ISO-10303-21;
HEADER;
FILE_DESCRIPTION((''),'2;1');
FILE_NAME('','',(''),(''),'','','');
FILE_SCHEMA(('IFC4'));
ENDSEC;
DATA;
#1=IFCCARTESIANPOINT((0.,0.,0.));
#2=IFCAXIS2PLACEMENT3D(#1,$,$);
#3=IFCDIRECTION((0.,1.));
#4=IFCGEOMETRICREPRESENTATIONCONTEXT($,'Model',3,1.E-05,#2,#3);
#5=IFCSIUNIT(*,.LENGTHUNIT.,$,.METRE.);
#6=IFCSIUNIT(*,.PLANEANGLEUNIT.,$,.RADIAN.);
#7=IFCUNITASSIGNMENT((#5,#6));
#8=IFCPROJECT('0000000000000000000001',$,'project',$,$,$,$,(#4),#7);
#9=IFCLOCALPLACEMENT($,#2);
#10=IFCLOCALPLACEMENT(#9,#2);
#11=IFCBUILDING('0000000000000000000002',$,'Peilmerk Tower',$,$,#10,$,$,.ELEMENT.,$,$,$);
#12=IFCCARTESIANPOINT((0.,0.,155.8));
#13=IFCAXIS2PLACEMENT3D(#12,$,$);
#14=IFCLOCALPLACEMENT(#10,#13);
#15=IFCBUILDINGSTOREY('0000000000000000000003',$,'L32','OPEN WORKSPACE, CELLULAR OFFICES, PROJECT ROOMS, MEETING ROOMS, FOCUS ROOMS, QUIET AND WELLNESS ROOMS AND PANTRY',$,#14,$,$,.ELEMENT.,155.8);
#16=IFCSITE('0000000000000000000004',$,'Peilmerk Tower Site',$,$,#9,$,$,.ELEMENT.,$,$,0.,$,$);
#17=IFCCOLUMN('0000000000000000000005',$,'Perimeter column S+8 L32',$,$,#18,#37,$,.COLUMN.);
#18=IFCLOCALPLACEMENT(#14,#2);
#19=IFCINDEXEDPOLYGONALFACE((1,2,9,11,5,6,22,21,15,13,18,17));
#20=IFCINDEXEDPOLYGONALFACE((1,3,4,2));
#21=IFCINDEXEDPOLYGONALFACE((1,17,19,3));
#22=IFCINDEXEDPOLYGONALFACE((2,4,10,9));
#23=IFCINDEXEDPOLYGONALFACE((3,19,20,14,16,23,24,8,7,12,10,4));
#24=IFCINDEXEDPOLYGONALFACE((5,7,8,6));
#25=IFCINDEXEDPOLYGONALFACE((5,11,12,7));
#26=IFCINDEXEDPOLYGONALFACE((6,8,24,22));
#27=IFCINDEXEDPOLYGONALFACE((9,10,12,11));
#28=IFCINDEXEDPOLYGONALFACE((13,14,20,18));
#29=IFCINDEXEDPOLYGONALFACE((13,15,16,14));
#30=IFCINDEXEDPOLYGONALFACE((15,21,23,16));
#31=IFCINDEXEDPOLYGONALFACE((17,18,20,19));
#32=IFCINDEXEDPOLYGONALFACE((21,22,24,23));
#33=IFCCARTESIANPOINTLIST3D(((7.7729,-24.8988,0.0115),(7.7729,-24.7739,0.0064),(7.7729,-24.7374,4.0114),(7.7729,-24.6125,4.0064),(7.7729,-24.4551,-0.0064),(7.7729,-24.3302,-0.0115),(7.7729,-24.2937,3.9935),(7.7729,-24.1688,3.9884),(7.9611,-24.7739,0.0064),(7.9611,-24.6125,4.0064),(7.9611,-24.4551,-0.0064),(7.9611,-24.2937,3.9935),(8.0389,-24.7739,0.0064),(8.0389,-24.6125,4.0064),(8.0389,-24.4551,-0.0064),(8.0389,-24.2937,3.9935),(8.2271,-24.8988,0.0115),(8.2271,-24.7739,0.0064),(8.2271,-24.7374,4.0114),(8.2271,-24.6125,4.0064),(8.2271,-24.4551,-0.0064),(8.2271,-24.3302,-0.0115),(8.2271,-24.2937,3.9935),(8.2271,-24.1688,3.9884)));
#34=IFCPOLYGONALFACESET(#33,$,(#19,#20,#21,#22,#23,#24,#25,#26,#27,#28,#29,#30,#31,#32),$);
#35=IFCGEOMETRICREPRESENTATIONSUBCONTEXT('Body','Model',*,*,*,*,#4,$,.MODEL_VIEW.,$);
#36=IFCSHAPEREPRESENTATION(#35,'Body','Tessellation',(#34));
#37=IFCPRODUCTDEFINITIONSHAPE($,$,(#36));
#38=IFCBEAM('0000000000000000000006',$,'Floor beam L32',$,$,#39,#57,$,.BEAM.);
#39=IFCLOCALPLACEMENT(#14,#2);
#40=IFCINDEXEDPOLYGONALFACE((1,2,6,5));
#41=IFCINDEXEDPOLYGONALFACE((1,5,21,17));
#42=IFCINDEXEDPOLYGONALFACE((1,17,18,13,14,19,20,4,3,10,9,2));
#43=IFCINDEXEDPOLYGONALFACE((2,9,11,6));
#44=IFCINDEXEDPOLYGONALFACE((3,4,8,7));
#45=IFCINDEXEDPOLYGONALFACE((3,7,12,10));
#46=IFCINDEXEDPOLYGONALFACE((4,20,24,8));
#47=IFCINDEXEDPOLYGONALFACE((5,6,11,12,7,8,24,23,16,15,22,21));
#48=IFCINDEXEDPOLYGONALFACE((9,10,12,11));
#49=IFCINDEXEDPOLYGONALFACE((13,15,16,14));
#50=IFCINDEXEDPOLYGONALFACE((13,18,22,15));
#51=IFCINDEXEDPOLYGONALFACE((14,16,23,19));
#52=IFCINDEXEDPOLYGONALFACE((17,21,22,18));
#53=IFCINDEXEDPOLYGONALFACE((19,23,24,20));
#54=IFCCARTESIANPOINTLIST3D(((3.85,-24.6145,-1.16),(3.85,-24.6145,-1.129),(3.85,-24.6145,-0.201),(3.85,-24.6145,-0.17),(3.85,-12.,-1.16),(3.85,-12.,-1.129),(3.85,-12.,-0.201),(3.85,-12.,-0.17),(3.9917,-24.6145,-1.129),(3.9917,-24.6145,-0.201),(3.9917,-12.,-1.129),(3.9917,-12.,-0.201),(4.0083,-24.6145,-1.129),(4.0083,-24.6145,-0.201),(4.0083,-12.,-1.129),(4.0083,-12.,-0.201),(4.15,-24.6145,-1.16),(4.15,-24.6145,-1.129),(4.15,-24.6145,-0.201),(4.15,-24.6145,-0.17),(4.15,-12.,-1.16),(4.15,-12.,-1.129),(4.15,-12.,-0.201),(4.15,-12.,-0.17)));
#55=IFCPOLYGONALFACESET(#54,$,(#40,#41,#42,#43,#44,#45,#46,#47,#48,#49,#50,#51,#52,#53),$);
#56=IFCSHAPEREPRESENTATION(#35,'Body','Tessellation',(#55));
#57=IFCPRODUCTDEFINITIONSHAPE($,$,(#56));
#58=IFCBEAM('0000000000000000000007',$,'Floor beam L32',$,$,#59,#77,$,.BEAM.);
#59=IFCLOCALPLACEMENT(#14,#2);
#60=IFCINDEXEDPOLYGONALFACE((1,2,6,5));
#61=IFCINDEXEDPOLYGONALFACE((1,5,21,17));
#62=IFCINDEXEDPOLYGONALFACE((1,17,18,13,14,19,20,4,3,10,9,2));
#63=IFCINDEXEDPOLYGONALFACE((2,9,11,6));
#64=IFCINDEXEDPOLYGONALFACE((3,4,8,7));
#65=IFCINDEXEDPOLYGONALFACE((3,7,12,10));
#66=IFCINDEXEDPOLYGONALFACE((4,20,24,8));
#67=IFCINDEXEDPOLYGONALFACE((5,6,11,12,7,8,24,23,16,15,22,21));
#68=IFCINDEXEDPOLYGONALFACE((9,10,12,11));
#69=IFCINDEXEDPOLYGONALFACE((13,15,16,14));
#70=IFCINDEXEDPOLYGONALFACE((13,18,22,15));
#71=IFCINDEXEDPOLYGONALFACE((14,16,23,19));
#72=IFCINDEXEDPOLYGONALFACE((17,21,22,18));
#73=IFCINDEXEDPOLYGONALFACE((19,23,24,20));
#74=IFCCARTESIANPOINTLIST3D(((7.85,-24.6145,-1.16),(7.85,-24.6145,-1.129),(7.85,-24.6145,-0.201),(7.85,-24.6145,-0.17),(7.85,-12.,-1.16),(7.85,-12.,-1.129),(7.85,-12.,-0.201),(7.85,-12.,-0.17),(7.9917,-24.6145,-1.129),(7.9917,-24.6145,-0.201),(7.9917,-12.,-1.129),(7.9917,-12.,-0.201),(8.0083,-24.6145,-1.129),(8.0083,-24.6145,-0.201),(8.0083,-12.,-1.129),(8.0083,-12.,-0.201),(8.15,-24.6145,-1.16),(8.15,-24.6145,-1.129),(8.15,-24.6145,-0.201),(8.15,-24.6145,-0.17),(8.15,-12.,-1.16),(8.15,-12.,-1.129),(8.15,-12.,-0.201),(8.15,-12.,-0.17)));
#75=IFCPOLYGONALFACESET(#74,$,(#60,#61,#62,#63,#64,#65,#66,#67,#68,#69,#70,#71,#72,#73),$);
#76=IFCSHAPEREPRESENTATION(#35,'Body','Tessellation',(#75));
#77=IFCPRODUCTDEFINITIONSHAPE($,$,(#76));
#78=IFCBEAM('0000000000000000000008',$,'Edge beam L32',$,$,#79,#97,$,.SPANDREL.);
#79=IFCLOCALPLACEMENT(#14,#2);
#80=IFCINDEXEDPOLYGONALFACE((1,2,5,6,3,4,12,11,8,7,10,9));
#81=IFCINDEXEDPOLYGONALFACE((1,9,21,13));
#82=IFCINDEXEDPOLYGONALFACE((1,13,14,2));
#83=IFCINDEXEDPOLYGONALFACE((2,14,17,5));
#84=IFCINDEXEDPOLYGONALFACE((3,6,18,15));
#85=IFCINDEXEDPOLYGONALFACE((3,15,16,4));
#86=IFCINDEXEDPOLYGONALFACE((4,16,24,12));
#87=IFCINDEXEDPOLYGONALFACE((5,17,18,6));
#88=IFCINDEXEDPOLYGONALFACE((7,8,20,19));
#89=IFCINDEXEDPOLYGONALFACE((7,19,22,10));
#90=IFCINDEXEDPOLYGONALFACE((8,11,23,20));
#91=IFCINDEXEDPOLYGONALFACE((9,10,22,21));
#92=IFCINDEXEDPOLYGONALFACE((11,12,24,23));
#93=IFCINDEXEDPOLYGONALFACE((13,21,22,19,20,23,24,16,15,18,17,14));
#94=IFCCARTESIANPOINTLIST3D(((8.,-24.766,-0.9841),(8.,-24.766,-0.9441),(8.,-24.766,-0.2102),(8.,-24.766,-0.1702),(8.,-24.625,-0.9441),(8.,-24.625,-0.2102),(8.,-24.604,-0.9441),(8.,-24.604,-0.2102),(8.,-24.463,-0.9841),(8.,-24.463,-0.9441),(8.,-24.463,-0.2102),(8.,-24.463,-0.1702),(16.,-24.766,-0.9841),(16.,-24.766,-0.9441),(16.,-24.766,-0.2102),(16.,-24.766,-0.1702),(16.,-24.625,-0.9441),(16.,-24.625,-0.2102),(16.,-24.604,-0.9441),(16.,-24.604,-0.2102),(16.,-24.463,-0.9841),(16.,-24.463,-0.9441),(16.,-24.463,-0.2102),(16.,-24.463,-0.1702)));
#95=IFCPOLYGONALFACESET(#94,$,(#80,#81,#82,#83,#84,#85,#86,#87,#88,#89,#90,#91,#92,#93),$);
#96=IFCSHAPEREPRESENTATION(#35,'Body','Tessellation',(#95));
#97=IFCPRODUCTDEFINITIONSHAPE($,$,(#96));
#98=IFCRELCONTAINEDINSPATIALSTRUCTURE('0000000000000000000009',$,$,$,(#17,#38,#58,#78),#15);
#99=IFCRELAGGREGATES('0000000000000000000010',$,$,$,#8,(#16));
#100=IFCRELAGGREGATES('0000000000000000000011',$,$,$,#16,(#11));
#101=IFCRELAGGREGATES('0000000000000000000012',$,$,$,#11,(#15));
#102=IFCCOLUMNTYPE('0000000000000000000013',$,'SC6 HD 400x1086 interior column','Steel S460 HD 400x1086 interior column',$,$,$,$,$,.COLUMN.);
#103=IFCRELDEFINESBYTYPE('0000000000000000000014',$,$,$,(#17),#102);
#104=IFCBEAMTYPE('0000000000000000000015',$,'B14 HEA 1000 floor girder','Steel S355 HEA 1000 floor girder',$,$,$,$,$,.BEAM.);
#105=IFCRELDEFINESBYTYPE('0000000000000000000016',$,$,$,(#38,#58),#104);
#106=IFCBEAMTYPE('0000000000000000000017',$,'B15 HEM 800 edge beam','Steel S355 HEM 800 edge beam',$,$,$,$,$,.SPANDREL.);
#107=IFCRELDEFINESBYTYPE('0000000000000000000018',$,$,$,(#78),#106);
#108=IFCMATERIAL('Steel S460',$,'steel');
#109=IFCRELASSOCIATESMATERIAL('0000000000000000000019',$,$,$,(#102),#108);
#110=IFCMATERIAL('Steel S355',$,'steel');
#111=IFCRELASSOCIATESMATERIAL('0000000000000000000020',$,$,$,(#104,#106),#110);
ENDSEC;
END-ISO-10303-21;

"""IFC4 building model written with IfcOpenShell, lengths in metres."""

from ifc_helpers import new_model, si_unit, direction, frame, origin, origin_2d, place, context, subcontext, project, spatial, i_section, extrude, material, material_profile, profile_set, type_object, element, save


model = new_model("IFC4")

# Units and contexts
model_context = context("Model", 3, precision=1e-05, world=origin(), true_north=direction((0.0, 1.0)))
body_context = subcontext(model_context, "Body", "Model", "MODEL_VIEW")
ifc_project = project(units=[si_unit("LENGTHUNIT", "METRE"), si_unit("PLANEANGLEUNIT", "RADIAN")], contexts=[model_context])

# Site, building, storey
site_placement = place(None, origin())
site = spatial("IfcSite", under=ifc_project, at=site_placement, Name="Peilmerk Tower Site", CompositionType="ELEMENT", RefElevation=0.0)
building_placement = place(site_placement, origin())
building = spatial("IfcBuilding", under=site, at=building_placement, Name="Peilmerk Tower", CompositionType="ELEMENT")
storey_placement = place(building_placement, frame((0.0, 0.0, 155.8)))
storey = spatial("IfcBuildingStorey", under=building, at=storey_placement, Name="L32", Description="OPEN WORKSPACE, CELLULAR OFFICES, PROJECT ROOMS, MEETING ROOMS, FOCUS ROOMS, QUIET AND WELLNESS ROOMS AND PANTRY", CompositionType="ELEMENT", Elevation=155.8)

# Column
ifc_material_1 = material(Name="Steel S460", Category="steel")
ifc_material_profile_1 = material_profile(ifc_material_1, i_section(OverallWidth=0.4541, OverallDepth=0.5691, WebThickness=0.0779, FlangeThickness=0.125, at=origin_2d()), Name="HD 400x1086")
ifc_profile_set_1 = profile_set([ifc_material_profile_1], Name="Steel S460")
column_type = type_object("IfcColumnType", Name="SC6 HD 400x1086 interior column", Description="Steel S460 HD 400x1086 interior column", PredefinedType="COLUMN", material=ifc_profile_set_1)
column_placement = place(storey_placement, frame((8.0, -24.6145, 0.0), z_axis=(0.0, 0.040311, 0.999187), x_axis=(-1.0, 0.0, 0.0)))
element("IfcColumn", 1, at=column_placement, inside=storey, type_object=column_type, Name="Perimeter column S+8 L32", PredefinedType="COLUMN", context=body_context, shape_type="SweptSolid", body=[
    extrude(i_section(OverallWidth=0.4541, OverallDepth=0.5691, WebThickness=0.0779, FlangeThickness=0.125, at=origin_2d()), origin(), (0.0, 0.0, 1.0), 4.0032),
])

# Beams
ifc_material_2 = material(Name="Steel S355", Category="steel")
ifc_material_profile_2 = material_profile(ifc_material_2, i_section(OverallWidth=0.3, OverallDepth=0.99, WebThickness=0.0166, FlangeThickness=0.031, at=origin_2d()), Name="HEA 1000")
ifc_profile_set_2 = profile_set([ifc_material_profile_2], Name="Steel S355")
beam_type_1 = type_object("IfcBeamType", Name="B14 HEA 1000 floor girder", Description="Steel S355 HEA 1000 floor girder", PredefinedType="BEAM", material=ifc_profile_set_2)
for number, where, z_axis, x_axis, name in (
    (2, (4.0, -12.0, -0.665), (0.0, -1.0, 0.0), (1.0, 0.0, 0.0), "Floor beam L32"),
    (3, (8.0, -12.0, -0.665), (0.0, -1.0, 0.0), (1.0, 0.0, 0.0), "Floor beam L32"),
):
    element("IfcBeam", number, at=place(storey_placement, frame(where, z_axis=z_axis, x_axis=x_axis)), inside=storey, type_object=beam_type_1, Name=name, PredefinedType="BEAM", context=body_context, shape_type="SweptSolid", body=[
        extrude(i_section(OverallWidth=0.3, OverallDepth=0.99, WebThickness=0.0166, FlangeThickness=0.031, at=origin_2d()), origin(), (0.0, 0.0, 1.0), 12.6145),
    ])
ifc_material_profile_3 = material_profile(ifc_material_2, i_section(OverallWidth=0.303, OverallDepth=0.814, WebThickness=0.021, FlangeThickness=0.04, at=origin_2d()), Name="HEM 800")
ifc_profile_set_3 = profile_set([ifc_material_profile_3], Name="Steel S355")
beam_type_2 = type_object("IfcBeamType", Name="B15 HEM 800 edge beam", Description="Steel S355 HEM 800 edge beam", PredefinedType="SPANDREL", material=ifc_profile_set_3)
beam_placement = place(storey_placement, frame((8.0, -24.6145, -0.5771), z_axis=(1.0, 0.0, 0.0), x_axis=(0.0, 1.0, 0.0)))
element("IfcBeam", 4, at=beam_placement, inside=storey, type_object=beam_type_2, Name="Edge beam L32", PredefinedType="SPANDREL", context=body_context, shape_type="SweptSolid", body=[
    extrude(i_section(OverallWidth=0.303, OverallDepth=0.814, WebThickness=0.021, FlangeThickness=0.04, at=origin_2d()), origin(), (0.0, 0.0, 1.0), 8.0),
])

save(model, "model.ifc")
